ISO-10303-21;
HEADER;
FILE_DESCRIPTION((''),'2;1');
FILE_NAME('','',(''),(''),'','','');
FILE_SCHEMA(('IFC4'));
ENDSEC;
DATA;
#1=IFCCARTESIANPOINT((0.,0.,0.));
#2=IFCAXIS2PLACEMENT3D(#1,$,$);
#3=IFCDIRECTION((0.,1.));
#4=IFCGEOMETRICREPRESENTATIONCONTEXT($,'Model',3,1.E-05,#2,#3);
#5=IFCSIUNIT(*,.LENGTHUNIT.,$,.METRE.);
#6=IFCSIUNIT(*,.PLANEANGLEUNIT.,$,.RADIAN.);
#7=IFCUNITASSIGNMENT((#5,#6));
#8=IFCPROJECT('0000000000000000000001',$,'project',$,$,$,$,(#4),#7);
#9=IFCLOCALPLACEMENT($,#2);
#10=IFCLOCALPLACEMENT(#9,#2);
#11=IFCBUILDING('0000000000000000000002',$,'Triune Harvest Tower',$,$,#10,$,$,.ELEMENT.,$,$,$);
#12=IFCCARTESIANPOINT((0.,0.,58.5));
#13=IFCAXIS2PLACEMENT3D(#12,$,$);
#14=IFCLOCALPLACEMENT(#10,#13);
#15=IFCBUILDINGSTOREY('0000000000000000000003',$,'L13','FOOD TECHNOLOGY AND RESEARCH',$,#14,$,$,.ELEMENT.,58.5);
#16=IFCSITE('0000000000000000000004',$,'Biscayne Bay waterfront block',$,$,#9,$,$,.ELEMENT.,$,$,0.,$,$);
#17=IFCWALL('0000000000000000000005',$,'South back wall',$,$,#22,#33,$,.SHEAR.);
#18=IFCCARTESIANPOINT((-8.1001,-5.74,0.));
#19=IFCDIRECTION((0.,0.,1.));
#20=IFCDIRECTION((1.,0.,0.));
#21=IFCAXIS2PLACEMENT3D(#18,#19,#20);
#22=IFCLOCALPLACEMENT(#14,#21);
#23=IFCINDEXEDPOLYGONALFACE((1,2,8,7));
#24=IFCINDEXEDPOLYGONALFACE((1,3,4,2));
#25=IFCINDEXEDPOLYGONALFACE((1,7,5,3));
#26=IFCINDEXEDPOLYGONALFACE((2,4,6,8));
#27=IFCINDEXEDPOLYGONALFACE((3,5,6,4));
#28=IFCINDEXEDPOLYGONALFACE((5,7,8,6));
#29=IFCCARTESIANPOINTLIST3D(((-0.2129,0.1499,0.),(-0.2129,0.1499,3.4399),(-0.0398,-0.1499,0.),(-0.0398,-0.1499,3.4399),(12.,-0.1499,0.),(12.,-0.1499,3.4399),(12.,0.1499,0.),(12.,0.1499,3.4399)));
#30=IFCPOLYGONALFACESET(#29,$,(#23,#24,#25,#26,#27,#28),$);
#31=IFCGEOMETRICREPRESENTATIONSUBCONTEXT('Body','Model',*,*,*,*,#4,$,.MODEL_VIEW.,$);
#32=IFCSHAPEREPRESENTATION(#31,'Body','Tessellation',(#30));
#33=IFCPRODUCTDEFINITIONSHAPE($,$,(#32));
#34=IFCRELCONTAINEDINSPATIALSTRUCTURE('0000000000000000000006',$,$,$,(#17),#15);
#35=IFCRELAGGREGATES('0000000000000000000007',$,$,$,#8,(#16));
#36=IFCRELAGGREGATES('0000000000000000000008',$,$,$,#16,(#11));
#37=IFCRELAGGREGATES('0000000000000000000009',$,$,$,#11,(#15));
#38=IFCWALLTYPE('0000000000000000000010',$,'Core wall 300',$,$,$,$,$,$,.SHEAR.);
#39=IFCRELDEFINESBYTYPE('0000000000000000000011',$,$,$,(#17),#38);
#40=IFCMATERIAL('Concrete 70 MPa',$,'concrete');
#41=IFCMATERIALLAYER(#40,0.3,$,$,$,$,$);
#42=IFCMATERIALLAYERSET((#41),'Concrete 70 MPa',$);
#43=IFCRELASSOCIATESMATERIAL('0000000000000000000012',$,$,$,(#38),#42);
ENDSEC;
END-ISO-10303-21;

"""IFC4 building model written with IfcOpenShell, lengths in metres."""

from ifc_helpers import new_model, si_unit, direction, frame, origin, place, context, subcontext, project, spatial, polyline, outline, extrude, source, transform, mapped, material, layer, layer_set, type_object, element, save


model = new_model("IFC4")

# Units and contexts
model_context = context("Model", 3, precision=1e-05, world=origin(), true_north=direction((0.0, 1.0)))
body_context = subcontext(model_context, "Body", "Model", "MODEL_VIEW")
ifc_project = project(units=[si_unit("LENGTHUNIT", "METRE"), si_unit("PLANEANGLEUNIT", "RADIAN")], contexts=[model_context])

# Site, building, storey
site_placement = place(None, origin())
site = spatial("IfcSite", under=ifc_project, at=site_placement, Name="Biscayne Bay waterfront block", CompositionType="ELEMENT", RefElevation=0.0)
building_placement = place(site_placement, origin())
building = spatial("IfcBuilding", under=site, at=building_placement, Name="Triune Harvest Tower", CompositionType="ELEMENT")
storey_placement = place(building_placement, frame((0.0, 0.0, 58.5)))
storey = spatial("IfcBuildingStorey", under=building, at=storey_placement, Name="L13", Description="FOOD TECHNOLOGY AND RESEARCH", CompositionType="ELEMENT", Elevation=58.5)

# Shared definitions
ifc_material_1 = material(Name="Concrete 70 MPa", Category="concrete")
ifc_layer_1 = layer(ifc_material_1, 0.3)
ifc_layer_set_1 = layer_set([ifc_layer_1], Name="Concrete 70 MPa")
wall_type_1 = type_object("IfcWallType", Name="Core wall 300", PredefinedType="SHEAR", material=ifc_layer_set_1)

# Wall
shared_shape_1 = source(origin(), body_context, "Body", "SweptSolid", [
    extrude(outline(polyline([(12.0, -0.1499), (-0.0398, -0.1499), (-0.2129, 0.1499), (12.0, 0.1499), (12.0, -0.1499)])), origin(), (0.0, 0.0, 1.0), 3.4399),
])
wall_1_placement = place(storey_placement, frame((-8.1001, -5.74, 0.0), z_axis=(0.0, 0.0, 1.0), x_axis=(1.0, 0.0, 0.0)))
element("IfcWall", 1, at=wall_1_placement, inside=storey, type_object=wall_type_1, Name="South back wall", PredefinedType="SHEAR", context=body_context, shape_type="MappedRepresentation", body=[
    mapped(shared_shape_1, transform((0.0, 0.0, 0.0), scale=1.0)),
])

save(model, "model.ifc")
